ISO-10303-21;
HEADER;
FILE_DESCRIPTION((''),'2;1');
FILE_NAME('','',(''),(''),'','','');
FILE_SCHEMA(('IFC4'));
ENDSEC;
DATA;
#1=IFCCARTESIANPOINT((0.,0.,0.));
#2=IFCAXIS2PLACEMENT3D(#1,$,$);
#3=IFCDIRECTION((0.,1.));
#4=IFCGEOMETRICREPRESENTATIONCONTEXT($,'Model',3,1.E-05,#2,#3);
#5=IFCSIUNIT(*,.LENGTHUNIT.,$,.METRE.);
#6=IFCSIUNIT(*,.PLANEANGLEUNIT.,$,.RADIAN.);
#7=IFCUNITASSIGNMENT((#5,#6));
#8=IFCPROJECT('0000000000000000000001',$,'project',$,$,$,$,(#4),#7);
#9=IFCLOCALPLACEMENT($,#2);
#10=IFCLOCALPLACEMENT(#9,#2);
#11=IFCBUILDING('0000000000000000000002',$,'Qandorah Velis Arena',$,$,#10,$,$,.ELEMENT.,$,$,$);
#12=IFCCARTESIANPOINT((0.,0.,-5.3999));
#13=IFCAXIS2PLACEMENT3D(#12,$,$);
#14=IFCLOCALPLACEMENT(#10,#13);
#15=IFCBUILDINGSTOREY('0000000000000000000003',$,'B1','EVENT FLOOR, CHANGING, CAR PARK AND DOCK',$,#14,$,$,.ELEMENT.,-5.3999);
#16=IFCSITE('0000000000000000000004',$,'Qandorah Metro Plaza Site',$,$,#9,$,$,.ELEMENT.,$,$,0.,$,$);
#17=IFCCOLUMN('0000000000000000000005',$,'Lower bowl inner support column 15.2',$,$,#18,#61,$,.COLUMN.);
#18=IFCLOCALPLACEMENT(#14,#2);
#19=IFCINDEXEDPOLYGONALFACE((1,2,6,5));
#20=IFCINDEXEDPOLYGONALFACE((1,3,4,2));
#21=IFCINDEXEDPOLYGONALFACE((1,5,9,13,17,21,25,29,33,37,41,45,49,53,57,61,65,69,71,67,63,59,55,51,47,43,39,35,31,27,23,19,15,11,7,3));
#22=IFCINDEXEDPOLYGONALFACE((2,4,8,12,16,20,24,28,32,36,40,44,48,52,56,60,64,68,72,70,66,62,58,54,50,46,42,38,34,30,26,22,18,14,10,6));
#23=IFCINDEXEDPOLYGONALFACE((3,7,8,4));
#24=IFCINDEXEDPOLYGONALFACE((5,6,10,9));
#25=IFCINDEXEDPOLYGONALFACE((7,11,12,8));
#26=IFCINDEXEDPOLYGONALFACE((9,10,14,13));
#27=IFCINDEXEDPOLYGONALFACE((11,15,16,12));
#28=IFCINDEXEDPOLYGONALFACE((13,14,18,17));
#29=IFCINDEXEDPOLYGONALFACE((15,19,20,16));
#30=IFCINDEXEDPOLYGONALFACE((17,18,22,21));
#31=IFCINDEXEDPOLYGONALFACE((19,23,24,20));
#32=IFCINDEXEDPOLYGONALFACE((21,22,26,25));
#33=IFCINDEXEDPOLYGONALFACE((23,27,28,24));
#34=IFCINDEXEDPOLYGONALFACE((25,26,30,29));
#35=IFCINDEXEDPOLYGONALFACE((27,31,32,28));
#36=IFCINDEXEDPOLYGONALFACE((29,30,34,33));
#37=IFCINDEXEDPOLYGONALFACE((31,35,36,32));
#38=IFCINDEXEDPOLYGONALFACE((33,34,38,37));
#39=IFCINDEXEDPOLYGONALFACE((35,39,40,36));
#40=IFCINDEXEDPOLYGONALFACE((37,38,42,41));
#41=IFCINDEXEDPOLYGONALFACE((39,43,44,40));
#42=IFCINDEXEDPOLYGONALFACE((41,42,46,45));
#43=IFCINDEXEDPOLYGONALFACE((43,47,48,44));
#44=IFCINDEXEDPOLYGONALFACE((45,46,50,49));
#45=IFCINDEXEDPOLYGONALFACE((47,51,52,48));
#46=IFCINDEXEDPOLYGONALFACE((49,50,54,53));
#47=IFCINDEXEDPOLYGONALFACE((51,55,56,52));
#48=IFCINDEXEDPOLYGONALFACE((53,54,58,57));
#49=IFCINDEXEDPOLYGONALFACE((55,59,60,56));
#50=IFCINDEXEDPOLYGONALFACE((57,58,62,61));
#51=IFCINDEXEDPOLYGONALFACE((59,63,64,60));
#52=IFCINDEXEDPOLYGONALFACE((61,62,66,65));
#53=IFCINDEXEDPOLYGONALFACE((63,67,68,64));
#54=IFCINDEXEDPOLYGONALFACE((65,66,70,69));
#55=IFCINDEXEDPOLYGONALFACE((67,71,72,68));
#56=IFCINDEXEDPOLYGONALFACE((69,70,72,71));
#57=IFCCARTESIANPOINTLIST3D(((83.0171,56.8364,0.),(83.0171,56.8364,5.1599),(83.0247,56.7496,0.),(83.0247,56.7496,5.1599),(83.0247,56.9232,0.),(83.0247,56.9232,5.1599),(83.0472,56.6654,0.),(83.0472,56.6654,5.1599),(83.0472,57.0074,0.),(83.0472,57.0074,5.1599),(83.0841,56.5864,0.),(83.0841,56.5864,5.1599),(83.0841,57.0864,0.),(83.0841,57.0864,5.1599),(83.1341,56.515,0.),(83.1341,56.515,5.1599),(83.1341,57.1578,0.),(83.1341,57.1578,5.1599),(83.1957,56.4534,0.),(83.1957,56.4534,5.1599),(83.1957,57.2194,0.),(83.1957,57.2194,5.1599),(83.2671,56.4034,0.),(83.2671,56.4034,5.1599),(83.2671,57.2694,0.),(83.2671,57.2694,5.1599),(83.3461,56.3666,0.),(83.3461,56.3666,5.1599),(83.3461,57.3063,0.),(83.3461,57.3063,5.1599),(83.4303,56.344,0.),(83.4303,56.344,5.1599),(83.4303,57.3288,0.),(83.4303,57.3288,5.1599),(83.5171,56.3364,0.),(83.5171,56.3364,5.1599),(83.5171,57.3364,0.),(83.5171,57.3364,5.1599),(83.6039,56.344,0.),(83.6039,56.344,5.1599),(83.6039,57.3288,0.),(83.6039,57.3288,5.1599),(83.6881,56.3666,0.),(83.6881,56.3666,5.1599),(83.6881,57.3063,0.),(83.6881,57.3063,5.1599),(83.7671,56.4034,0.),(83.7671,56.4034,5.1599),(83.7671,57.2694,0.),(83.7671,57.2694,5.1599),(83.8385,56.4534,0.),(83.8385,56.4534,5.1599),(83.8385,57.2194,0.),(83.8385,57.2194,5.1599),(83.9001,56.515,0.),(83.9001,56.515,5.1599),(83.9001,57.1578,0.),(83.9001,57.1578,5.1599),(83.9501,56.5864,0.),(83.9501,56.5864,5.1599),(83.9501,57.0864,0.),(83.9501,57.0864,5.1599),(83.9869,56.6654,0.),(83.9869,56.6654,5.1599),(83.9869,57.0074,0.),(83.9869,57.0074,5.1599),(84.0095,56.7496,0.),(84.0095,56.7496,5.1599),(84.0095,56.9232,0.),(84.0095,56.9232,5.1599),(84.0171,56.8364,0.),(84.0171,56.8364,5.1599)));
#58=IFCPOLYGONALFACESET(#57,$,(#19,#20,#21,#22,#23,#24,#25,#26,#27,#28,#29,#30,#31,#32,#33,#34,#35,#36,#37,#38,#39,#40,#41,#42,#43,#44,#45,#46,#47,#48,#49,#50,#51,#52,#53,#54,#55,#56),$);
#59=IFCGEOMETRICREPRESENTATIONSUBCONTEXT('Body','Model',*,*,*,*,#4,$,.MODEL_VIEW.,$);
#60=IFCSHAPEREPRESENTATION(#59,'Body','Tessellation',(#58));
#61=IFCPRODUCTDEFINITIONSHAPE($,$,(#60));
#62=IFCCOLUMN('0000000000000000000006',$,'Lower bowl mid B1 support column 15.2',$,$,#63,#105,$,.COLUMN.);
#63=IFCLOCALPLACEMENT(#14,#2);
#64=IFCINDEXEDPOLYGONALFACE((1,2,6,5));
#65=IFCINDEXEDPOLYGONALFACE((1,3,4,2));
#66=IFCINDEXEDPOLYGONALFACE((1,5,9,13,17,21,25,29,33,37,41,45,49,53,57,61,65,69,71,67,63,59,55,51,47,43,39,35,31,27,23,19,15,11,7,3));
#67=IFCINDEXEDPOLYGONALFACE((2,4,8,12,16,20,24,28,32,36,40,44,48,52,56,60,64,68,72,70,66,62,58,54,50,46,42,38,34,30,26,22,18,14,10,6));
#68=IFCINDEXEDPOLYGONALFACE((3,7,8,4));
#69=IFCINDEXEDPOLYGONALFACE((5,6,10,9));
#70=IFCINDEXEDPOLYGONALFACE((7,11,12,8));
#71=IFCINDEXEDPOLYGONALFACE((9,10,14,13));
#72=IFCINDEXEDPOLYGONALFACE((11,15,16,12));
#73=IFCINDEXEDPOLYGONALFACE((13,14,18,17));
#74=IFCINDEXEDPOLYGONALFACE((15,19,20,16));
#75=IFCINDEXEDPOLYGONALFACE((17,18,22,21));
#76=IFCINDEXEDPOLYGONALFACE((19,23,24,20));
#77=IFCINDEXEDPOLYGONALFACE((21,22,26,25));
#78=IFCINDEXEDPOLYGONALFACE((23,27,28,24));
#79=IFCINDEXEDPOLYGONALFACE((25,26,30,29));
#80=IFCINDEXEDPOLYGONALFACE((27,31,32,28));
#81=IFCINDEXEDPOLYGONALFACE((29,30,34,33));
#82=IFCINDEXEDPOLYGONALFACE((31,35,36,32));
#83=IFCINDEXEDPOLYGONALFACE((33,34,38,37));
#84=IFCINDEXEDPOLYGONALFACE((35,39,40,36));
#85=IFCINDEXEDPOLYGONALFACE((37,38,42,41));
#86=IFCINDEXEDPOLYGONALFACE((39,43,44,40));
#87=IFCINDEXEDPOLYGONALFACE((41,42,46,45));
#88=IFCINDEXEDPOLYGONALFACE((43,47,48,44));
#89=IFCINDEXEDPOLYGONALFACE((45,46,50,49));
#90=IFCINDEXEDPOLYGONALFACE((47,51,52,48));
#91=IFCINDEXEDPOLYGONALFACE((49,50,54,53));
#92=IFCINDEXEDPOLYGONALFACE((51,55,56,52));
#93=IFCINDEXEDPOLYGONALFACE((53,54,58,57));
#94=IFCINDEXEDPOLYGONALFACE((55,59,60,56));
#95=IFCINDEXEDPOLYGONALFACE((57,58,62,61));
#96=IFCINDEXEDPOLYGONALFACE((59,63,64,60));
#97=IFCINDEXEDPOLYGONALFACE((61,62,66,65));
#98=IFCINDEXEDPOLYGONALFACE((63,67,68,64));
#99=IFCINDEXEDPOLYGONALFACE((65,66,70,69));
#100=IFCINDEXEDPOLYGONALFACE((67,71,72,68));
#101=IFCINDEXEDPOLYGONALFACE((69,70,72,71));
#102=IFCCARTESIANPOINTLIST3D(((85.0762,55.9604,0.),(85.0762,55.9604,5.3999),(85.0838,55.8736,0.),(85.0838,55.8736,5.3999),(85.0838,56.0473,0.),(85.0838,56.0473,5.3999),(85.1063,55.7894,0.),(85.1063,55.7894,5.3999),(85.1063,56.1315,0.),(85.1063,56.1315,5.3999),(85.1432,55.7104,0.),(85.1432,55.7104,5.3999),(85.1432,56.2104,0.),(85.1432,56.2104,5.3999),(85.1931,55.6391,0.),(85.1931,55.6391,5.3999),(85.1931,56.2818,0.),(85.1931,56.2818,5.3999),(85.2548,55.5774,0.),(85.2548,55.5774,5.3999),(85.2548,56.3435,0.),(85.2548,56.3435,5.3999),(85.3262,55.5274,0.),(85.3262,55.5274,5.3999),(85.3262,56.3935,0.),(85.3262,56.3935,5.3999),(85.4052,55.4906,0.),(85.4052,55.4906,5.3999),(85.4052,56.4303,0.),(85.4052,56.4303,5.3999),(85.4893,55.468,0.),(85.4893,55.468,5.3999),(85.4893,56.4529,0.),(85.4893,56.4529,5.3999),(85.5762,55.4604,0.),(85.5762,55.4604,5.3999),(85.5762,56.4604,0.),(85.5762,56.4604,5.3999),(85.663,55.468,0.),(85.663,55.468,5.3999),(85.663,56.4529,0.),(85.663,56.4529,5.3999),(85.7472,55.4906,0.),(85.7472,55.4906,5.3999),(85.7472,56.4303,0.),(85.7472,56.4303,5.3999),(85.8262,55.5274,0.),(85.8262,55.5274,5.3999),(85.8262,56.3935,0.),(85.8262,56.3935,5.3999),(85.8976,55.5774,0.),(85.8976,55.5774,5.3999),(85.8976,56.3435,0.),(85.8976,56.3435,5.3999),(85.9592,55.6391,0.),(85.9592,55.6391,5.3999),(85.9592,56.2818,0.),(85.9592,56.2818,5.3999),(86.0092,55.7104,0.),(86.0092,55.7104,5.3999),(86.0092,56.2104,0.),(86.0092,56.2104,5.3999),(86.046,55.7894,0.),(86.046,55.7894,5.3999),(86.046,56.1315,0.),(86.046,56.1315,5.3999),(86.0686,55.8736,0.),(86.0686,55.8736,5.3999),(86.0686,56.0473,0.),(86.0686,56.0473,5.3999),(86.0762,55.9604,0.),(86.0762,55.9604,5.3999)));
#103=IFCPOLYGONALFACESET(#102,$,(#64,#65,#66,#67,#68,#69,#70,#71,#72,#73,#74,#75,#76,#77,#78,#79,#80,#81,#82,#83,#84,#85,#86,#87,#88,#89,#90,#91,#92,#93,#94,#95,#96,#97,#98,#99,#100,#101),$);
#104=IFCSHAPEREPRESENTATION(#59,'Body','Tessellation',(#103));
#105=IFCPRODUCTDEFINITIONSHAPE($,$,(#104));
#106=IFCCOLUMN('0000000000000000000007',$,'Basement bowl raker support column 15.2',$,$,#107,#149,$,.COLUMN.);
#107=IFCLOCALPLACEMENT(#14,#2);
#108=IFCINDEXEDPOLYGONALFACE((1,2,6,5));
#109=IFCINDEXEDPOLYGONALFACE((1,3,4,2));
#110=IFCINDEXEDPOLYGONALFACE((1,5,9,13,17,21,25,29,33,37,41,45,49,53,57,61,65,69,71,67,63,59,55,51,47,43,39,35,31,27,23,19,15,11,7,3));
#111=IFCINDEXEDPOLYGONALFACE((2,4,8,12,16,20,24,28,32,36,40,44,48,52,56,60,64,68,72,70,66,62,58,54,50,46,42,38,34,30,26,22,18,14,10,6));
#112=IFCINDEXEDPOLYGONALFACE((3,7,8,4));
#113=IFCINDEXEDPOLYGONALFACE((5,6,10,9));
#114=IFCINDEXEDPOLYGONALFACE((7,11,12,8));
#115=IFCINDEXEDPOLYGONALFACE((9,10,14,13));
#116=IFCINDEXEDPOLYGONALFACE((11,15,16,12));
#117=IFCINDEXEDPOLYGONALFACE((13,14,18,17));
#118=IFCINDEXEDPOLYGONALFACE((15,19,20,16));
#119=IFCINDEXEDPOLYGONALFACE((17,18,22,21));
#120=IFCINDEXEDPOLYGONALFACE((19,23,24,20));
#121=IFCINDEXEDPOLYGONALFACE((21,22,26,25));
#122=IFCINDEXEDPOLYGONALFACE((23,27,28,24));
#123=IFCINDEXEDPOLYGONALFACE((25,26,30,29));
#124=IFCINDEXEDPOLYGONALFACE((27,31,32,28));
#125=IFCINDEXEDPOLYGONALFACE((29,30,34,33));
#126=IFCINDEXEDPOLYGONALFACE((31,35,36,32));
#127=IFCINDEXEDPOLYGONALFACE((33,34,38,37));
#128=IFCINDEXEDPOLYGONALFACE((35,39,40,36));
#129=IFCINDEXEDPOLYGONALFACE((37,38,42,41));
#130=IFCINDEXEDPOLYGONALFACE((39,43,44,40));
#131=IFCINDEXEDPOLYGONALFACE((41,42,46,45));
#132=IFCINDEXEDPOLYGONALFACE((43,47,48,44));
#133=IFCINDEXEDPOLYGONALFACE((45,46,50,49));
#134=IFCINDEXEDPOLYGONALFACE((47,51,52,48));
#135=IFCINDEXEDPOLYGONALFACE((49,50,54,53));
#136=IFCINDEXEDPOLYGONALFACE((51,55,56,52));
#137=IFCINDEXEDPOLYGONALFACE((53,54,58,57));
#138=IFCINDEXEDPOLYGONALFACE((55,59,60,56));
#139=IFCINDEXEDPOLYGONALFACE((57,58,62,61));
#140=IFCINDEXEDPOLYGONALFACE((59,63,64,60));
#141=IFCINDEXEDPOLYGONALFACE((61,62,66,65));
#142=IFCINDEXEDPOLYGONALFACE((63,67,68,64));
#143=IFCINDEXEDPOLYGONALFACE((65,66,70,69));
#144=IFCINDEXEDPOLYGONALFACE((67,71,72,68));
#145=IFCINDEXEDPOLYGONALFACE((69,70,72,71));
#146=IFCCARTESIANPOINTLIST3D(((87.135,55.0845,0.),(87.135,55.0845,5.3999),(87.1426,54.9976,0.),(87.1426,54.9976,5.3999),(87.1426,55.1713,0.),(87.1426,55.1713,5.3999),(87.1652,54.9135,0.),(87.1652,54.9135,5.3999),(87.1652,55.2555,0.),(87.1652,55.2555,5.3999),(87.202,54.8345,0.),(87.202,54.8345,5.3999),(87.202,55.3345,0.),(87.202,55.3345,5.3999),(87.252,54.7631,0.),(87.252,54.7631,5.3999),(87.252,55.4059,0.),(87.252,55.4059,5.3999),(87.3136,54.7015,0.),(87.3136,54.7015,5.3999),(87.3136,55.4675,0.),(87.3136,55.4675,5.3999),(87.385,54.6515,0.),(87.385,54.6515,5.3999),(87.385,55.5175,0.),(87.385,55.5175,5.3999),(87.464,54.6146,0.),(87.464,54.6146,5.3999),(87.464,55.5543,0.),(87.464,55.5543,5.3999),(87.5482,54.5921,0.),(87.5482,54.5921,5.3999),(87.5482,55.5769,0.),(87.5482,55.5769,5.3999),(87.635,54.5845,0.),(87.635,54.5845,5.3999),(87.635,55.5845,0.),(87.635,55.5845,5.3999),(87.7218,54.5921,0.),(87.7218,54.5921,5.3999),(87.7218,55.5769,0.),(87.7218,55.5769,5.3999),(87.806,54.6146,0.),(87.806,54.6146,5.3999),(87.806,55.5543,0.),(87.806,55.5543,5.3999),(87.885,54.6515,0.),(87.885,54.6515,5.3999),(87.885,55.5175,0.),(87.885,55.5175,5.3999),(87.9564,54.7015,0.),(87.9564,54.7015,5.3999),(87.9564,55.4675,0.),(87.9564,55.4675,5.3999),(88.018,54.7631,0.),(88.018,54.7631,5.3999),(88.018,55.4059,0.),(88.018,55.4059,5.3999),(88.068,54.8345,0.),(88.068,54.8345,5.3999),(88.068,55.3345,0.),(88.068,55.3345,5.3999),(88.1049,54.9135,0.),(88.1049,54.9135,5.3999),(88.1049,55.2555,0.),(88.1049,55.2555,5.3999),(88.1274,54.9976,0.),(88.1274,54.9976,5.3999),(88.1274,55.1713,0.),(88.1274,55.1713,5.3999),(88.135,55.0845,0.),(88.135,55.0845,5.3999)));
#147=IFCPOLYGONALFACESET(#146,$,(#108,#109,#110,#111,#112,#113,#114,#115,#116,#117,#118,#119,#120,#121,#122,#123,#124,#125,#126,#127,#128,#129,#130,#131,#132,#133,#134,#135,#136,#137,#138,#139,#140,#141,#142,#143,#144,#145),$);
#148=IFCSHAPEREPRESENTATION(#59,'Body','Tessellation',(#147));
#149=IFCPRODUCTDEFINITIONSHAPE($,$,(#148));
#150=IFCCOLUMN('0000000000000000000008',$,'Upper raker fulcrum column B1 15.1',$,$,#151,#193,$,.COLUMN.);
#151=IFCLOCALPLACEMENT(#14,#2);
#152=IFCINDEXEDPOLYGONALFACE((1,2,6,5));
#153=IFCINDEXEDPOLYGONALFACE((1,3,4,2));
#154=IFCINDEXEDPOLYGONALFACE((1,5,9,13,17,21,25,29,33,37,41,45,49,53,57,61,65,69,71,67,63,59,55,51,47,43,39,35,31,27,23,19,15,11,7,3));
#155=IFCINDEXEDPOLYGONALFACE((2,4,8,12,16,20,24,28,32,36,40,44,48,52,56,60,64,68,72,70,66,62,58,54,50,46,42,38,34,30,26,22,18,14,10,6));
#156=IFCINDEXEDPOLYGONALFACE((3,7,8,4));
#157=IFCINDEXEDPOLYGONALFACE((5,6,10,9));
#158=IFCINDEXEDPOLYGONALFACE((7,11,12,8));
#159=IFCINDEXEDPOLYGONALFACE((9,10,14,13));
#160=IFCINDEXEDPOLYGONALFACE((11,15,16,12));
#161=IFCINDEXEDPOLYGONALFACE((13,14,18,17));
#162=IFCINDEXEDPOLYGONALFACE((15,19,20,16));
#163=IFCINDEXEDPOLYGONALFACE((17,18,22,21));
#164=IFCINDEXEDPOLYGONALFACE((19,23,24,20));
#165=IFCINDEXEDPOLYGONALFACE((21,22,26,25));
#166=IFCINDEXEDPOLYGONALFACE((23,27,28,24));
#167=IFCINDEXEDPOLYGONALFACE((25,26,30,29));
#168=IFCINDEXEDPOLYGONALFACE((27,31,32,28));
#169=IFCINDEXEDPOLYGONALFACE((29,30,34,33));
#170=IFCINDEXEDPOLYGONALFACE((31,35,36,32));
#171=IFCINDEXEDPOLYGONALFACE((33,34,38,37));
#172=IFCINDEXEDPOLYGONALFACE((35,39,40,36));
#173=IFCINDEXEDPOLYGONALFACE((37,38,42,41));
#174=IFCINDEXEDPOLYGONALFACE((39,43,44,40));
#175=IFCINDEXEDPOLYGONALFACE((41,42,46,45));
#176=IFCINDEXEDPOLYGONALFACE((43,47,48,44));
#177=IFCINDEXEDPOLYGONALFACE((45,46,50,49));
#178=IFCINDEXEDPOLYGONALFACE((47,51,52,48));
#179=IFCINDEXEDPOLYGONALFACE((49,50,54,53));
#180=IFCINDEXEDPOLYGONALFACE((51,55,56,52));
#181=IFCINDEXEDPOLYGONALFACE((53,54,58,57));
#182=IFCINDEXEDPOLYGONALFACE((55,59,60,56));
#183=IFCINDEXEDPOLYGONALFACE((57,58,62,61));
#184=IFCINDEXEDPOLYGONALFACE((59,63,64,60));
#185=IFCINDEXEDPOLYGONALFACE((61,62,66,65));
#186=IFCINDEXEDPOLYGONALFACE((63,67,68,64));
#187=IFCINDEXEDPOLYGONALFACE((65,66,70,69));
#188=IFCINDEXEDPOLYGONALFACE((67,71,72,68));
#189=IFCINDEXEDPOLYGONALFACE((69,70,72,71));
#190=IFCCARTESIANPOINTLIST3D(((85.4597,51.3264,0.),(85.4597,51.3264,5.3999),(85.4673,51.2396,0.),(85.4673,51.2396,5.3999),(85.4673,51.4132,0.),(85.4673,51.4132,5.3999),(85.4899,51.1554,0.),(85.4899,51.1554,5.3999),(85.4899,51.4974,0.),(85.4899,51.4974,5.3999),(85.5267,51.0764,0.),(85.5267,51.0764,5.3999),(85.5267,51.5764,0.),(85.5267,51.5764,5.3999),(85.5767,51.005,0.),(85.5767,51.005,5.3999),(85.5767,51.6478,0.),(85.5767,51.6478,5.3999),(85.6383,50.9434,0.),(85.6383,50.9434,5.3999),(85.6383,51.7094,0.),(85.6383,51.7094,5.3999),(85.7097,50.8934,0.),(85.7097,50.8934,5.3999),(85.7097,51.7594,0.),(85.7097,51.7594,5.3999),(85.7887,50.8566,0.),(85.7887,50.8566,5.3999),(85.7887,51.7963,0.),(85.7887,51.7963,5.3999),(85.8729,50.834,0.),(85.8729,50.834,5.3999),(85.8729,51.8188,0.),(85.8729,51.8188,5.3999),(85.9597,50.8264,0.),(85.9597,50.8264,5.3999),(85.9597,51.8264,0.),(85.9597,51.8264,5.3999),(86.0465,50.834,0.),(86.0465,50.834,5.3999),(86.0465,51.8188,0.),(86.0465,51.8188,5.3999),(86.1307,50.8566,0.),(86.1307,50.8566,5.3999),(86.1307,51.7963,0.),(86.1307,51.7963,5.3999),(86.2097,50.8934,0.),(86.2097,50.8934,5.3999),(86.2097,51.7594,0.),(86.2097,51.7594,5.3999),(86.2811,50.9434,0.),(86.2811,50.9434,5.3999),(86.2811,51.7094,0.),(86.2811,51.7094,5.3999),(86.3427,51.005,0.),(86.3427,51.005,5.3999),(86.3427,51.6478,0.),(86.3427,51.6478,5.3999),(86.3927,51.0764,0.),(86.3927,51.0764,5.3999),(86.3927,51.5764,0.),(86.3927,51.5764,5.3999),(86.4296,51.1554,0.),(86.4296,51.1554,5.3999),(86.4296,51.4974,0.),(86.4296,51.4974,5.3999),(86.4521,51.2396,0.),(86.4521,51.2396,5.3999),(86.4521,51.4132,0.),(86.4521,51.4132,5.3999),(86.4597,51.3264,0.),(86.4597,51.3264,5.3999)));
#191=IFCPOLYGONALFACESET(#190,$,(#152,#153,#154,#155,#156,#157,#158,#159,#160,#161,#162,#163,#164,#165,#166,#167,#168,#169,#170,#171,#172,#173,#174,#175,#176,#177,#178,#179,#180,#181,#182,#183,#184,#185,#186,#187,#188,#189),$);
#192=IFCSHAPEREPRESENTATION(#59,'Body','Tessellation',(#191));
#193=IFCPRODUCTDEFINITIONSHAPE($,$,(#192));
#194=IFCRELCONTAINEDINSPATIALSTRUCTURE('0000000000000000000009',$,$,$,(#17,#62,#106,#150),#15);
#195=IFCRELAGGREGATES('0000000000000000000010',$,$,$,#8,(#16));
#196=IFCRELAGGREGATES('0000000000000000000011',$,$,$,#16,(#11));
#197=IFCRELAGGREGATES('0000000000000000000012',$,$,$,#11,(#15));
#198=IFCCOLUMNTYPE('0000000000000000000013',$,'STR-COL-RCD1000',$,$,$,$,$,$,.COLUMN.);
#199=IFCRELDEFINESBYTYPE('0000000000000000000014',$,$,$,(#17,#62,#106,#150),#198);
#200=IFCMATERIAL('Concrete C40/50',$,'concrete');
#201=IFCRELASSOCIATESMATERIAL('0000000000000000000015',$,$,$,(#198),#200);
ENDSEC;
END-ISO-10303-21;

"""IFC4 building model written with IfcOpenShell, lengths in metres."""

from ifc_helpers import new_model, si_unit, direction, frame, origin, origin_2d, place, context, subcontext, project, spatial, circle, extrude, material, material_profile, profile_set, type_object, element, save


model = new_model("IFC4")

# Units and contexts
model_context = context("Model", 3, precision=1e-05, world=origin(), true_north=direction((0.0, 1.0)))
body_context = subcontext(model_context, "Body", "Model", "MODEL_VIEW")
ifc_project = project(units=[si_unit("LENGTHUNIT", "METRE"), si_unit("PLANEANGLEUNIT", "RADIAN")], contexts=[model_context])

# Site, building, storey
site_placement = place(None, origin())
site = spatial("IfcSite", under=ifc_project, at=site_placement, Name="Qandorah Metro Plaza Site", CompositionType="ELEMENT", RefElevation=0.0)
building_placement = place(site_placement, origin())
building = spatial("IfcBuilding", under=site, at=building_placement, Name="Qandorah Velis Arena", CompositionType="ELEMENT")
storey_placement = place(building_placement, frame((0.0, 0.0, -5.3999)))
storey = spatial("IfcBuildingStorey", under=building, at=storey_placement, Name="B1", Description="EVENT FLOOR, CHANGING, CAR PARK AND DOCK", CompositionType="ELEMENT", Elevation=-5.3999)

# Shared definitions
ifc_material = material(Name="Concrete C40/50", Category="concrete")

# Columns
ifc_material_profile_1 = material_profile(ifc_material, circle(Radius=0.5, at=origin_2d()), Name="RC D1000")
ifc_profile_set_1 = profile_set([ifc_material_profile_1], Name="Concrete C40/50")
column_type_1 = type_object("IfcColumnType", Name="STR-COL-RCD1000", PredefinedType="COLUMN", material=ifc_profile_set_1)
column_1_placement = place(storey_placement, frame((83.5171, 56.8364, 0.0), z_axis=(0.0, 0.0, 1.0), x_axis=(1.0, 0.0, 0.0)))
element("IfcColumn", 1, at=column_1_placement, inside=storey, type_object=column_type_1, Name="Lower bowl inner support column 15.2", PredefinedType="COLUMN", context=body_context, shape_type="SweptSolid", body=[
    extrude(circle(Radius=0.5, at=origin_2d()), origin(), (0.0, 0.0, 1.0), 5.1599),
])
for number, where, z_axis, x_axis, name in (
    (2, (85.5762, 55.9604, 0.0), (0.0, 0.0, 1.0), (1.0, 0.0, 0.0), "Lower bowl mid B1 support column 15.2"),
    (3, (87.635, 55.0845, 0.0), (0.0, 0.0, 1.0), (1.0, 0.0, 0.0), "Basement bowl raker support column 15.2"),
    (4, (85.9597, 51.3264, 0.0), (0.0, 0.0, 1.0), (1.0, 0.0, 0.0), "Upper raker fulcrum column B1 15.1"),
):
    element("IfcColumn", number, at=place(storey_placement, frame(where, z_axis=z_axis, x_axis=x_axis)), inside=storey, type_object=column_type_1, Name=name, PredefinedType="COLUMN", context=body_context, shape_type="SweptSolid", body=[
        extrude(circle(Radius=0.5, at=origin_2d()), origin(), (0.0, 0.0, 1.0), 5.3999),
    ])

save(model, "model.ifc")
